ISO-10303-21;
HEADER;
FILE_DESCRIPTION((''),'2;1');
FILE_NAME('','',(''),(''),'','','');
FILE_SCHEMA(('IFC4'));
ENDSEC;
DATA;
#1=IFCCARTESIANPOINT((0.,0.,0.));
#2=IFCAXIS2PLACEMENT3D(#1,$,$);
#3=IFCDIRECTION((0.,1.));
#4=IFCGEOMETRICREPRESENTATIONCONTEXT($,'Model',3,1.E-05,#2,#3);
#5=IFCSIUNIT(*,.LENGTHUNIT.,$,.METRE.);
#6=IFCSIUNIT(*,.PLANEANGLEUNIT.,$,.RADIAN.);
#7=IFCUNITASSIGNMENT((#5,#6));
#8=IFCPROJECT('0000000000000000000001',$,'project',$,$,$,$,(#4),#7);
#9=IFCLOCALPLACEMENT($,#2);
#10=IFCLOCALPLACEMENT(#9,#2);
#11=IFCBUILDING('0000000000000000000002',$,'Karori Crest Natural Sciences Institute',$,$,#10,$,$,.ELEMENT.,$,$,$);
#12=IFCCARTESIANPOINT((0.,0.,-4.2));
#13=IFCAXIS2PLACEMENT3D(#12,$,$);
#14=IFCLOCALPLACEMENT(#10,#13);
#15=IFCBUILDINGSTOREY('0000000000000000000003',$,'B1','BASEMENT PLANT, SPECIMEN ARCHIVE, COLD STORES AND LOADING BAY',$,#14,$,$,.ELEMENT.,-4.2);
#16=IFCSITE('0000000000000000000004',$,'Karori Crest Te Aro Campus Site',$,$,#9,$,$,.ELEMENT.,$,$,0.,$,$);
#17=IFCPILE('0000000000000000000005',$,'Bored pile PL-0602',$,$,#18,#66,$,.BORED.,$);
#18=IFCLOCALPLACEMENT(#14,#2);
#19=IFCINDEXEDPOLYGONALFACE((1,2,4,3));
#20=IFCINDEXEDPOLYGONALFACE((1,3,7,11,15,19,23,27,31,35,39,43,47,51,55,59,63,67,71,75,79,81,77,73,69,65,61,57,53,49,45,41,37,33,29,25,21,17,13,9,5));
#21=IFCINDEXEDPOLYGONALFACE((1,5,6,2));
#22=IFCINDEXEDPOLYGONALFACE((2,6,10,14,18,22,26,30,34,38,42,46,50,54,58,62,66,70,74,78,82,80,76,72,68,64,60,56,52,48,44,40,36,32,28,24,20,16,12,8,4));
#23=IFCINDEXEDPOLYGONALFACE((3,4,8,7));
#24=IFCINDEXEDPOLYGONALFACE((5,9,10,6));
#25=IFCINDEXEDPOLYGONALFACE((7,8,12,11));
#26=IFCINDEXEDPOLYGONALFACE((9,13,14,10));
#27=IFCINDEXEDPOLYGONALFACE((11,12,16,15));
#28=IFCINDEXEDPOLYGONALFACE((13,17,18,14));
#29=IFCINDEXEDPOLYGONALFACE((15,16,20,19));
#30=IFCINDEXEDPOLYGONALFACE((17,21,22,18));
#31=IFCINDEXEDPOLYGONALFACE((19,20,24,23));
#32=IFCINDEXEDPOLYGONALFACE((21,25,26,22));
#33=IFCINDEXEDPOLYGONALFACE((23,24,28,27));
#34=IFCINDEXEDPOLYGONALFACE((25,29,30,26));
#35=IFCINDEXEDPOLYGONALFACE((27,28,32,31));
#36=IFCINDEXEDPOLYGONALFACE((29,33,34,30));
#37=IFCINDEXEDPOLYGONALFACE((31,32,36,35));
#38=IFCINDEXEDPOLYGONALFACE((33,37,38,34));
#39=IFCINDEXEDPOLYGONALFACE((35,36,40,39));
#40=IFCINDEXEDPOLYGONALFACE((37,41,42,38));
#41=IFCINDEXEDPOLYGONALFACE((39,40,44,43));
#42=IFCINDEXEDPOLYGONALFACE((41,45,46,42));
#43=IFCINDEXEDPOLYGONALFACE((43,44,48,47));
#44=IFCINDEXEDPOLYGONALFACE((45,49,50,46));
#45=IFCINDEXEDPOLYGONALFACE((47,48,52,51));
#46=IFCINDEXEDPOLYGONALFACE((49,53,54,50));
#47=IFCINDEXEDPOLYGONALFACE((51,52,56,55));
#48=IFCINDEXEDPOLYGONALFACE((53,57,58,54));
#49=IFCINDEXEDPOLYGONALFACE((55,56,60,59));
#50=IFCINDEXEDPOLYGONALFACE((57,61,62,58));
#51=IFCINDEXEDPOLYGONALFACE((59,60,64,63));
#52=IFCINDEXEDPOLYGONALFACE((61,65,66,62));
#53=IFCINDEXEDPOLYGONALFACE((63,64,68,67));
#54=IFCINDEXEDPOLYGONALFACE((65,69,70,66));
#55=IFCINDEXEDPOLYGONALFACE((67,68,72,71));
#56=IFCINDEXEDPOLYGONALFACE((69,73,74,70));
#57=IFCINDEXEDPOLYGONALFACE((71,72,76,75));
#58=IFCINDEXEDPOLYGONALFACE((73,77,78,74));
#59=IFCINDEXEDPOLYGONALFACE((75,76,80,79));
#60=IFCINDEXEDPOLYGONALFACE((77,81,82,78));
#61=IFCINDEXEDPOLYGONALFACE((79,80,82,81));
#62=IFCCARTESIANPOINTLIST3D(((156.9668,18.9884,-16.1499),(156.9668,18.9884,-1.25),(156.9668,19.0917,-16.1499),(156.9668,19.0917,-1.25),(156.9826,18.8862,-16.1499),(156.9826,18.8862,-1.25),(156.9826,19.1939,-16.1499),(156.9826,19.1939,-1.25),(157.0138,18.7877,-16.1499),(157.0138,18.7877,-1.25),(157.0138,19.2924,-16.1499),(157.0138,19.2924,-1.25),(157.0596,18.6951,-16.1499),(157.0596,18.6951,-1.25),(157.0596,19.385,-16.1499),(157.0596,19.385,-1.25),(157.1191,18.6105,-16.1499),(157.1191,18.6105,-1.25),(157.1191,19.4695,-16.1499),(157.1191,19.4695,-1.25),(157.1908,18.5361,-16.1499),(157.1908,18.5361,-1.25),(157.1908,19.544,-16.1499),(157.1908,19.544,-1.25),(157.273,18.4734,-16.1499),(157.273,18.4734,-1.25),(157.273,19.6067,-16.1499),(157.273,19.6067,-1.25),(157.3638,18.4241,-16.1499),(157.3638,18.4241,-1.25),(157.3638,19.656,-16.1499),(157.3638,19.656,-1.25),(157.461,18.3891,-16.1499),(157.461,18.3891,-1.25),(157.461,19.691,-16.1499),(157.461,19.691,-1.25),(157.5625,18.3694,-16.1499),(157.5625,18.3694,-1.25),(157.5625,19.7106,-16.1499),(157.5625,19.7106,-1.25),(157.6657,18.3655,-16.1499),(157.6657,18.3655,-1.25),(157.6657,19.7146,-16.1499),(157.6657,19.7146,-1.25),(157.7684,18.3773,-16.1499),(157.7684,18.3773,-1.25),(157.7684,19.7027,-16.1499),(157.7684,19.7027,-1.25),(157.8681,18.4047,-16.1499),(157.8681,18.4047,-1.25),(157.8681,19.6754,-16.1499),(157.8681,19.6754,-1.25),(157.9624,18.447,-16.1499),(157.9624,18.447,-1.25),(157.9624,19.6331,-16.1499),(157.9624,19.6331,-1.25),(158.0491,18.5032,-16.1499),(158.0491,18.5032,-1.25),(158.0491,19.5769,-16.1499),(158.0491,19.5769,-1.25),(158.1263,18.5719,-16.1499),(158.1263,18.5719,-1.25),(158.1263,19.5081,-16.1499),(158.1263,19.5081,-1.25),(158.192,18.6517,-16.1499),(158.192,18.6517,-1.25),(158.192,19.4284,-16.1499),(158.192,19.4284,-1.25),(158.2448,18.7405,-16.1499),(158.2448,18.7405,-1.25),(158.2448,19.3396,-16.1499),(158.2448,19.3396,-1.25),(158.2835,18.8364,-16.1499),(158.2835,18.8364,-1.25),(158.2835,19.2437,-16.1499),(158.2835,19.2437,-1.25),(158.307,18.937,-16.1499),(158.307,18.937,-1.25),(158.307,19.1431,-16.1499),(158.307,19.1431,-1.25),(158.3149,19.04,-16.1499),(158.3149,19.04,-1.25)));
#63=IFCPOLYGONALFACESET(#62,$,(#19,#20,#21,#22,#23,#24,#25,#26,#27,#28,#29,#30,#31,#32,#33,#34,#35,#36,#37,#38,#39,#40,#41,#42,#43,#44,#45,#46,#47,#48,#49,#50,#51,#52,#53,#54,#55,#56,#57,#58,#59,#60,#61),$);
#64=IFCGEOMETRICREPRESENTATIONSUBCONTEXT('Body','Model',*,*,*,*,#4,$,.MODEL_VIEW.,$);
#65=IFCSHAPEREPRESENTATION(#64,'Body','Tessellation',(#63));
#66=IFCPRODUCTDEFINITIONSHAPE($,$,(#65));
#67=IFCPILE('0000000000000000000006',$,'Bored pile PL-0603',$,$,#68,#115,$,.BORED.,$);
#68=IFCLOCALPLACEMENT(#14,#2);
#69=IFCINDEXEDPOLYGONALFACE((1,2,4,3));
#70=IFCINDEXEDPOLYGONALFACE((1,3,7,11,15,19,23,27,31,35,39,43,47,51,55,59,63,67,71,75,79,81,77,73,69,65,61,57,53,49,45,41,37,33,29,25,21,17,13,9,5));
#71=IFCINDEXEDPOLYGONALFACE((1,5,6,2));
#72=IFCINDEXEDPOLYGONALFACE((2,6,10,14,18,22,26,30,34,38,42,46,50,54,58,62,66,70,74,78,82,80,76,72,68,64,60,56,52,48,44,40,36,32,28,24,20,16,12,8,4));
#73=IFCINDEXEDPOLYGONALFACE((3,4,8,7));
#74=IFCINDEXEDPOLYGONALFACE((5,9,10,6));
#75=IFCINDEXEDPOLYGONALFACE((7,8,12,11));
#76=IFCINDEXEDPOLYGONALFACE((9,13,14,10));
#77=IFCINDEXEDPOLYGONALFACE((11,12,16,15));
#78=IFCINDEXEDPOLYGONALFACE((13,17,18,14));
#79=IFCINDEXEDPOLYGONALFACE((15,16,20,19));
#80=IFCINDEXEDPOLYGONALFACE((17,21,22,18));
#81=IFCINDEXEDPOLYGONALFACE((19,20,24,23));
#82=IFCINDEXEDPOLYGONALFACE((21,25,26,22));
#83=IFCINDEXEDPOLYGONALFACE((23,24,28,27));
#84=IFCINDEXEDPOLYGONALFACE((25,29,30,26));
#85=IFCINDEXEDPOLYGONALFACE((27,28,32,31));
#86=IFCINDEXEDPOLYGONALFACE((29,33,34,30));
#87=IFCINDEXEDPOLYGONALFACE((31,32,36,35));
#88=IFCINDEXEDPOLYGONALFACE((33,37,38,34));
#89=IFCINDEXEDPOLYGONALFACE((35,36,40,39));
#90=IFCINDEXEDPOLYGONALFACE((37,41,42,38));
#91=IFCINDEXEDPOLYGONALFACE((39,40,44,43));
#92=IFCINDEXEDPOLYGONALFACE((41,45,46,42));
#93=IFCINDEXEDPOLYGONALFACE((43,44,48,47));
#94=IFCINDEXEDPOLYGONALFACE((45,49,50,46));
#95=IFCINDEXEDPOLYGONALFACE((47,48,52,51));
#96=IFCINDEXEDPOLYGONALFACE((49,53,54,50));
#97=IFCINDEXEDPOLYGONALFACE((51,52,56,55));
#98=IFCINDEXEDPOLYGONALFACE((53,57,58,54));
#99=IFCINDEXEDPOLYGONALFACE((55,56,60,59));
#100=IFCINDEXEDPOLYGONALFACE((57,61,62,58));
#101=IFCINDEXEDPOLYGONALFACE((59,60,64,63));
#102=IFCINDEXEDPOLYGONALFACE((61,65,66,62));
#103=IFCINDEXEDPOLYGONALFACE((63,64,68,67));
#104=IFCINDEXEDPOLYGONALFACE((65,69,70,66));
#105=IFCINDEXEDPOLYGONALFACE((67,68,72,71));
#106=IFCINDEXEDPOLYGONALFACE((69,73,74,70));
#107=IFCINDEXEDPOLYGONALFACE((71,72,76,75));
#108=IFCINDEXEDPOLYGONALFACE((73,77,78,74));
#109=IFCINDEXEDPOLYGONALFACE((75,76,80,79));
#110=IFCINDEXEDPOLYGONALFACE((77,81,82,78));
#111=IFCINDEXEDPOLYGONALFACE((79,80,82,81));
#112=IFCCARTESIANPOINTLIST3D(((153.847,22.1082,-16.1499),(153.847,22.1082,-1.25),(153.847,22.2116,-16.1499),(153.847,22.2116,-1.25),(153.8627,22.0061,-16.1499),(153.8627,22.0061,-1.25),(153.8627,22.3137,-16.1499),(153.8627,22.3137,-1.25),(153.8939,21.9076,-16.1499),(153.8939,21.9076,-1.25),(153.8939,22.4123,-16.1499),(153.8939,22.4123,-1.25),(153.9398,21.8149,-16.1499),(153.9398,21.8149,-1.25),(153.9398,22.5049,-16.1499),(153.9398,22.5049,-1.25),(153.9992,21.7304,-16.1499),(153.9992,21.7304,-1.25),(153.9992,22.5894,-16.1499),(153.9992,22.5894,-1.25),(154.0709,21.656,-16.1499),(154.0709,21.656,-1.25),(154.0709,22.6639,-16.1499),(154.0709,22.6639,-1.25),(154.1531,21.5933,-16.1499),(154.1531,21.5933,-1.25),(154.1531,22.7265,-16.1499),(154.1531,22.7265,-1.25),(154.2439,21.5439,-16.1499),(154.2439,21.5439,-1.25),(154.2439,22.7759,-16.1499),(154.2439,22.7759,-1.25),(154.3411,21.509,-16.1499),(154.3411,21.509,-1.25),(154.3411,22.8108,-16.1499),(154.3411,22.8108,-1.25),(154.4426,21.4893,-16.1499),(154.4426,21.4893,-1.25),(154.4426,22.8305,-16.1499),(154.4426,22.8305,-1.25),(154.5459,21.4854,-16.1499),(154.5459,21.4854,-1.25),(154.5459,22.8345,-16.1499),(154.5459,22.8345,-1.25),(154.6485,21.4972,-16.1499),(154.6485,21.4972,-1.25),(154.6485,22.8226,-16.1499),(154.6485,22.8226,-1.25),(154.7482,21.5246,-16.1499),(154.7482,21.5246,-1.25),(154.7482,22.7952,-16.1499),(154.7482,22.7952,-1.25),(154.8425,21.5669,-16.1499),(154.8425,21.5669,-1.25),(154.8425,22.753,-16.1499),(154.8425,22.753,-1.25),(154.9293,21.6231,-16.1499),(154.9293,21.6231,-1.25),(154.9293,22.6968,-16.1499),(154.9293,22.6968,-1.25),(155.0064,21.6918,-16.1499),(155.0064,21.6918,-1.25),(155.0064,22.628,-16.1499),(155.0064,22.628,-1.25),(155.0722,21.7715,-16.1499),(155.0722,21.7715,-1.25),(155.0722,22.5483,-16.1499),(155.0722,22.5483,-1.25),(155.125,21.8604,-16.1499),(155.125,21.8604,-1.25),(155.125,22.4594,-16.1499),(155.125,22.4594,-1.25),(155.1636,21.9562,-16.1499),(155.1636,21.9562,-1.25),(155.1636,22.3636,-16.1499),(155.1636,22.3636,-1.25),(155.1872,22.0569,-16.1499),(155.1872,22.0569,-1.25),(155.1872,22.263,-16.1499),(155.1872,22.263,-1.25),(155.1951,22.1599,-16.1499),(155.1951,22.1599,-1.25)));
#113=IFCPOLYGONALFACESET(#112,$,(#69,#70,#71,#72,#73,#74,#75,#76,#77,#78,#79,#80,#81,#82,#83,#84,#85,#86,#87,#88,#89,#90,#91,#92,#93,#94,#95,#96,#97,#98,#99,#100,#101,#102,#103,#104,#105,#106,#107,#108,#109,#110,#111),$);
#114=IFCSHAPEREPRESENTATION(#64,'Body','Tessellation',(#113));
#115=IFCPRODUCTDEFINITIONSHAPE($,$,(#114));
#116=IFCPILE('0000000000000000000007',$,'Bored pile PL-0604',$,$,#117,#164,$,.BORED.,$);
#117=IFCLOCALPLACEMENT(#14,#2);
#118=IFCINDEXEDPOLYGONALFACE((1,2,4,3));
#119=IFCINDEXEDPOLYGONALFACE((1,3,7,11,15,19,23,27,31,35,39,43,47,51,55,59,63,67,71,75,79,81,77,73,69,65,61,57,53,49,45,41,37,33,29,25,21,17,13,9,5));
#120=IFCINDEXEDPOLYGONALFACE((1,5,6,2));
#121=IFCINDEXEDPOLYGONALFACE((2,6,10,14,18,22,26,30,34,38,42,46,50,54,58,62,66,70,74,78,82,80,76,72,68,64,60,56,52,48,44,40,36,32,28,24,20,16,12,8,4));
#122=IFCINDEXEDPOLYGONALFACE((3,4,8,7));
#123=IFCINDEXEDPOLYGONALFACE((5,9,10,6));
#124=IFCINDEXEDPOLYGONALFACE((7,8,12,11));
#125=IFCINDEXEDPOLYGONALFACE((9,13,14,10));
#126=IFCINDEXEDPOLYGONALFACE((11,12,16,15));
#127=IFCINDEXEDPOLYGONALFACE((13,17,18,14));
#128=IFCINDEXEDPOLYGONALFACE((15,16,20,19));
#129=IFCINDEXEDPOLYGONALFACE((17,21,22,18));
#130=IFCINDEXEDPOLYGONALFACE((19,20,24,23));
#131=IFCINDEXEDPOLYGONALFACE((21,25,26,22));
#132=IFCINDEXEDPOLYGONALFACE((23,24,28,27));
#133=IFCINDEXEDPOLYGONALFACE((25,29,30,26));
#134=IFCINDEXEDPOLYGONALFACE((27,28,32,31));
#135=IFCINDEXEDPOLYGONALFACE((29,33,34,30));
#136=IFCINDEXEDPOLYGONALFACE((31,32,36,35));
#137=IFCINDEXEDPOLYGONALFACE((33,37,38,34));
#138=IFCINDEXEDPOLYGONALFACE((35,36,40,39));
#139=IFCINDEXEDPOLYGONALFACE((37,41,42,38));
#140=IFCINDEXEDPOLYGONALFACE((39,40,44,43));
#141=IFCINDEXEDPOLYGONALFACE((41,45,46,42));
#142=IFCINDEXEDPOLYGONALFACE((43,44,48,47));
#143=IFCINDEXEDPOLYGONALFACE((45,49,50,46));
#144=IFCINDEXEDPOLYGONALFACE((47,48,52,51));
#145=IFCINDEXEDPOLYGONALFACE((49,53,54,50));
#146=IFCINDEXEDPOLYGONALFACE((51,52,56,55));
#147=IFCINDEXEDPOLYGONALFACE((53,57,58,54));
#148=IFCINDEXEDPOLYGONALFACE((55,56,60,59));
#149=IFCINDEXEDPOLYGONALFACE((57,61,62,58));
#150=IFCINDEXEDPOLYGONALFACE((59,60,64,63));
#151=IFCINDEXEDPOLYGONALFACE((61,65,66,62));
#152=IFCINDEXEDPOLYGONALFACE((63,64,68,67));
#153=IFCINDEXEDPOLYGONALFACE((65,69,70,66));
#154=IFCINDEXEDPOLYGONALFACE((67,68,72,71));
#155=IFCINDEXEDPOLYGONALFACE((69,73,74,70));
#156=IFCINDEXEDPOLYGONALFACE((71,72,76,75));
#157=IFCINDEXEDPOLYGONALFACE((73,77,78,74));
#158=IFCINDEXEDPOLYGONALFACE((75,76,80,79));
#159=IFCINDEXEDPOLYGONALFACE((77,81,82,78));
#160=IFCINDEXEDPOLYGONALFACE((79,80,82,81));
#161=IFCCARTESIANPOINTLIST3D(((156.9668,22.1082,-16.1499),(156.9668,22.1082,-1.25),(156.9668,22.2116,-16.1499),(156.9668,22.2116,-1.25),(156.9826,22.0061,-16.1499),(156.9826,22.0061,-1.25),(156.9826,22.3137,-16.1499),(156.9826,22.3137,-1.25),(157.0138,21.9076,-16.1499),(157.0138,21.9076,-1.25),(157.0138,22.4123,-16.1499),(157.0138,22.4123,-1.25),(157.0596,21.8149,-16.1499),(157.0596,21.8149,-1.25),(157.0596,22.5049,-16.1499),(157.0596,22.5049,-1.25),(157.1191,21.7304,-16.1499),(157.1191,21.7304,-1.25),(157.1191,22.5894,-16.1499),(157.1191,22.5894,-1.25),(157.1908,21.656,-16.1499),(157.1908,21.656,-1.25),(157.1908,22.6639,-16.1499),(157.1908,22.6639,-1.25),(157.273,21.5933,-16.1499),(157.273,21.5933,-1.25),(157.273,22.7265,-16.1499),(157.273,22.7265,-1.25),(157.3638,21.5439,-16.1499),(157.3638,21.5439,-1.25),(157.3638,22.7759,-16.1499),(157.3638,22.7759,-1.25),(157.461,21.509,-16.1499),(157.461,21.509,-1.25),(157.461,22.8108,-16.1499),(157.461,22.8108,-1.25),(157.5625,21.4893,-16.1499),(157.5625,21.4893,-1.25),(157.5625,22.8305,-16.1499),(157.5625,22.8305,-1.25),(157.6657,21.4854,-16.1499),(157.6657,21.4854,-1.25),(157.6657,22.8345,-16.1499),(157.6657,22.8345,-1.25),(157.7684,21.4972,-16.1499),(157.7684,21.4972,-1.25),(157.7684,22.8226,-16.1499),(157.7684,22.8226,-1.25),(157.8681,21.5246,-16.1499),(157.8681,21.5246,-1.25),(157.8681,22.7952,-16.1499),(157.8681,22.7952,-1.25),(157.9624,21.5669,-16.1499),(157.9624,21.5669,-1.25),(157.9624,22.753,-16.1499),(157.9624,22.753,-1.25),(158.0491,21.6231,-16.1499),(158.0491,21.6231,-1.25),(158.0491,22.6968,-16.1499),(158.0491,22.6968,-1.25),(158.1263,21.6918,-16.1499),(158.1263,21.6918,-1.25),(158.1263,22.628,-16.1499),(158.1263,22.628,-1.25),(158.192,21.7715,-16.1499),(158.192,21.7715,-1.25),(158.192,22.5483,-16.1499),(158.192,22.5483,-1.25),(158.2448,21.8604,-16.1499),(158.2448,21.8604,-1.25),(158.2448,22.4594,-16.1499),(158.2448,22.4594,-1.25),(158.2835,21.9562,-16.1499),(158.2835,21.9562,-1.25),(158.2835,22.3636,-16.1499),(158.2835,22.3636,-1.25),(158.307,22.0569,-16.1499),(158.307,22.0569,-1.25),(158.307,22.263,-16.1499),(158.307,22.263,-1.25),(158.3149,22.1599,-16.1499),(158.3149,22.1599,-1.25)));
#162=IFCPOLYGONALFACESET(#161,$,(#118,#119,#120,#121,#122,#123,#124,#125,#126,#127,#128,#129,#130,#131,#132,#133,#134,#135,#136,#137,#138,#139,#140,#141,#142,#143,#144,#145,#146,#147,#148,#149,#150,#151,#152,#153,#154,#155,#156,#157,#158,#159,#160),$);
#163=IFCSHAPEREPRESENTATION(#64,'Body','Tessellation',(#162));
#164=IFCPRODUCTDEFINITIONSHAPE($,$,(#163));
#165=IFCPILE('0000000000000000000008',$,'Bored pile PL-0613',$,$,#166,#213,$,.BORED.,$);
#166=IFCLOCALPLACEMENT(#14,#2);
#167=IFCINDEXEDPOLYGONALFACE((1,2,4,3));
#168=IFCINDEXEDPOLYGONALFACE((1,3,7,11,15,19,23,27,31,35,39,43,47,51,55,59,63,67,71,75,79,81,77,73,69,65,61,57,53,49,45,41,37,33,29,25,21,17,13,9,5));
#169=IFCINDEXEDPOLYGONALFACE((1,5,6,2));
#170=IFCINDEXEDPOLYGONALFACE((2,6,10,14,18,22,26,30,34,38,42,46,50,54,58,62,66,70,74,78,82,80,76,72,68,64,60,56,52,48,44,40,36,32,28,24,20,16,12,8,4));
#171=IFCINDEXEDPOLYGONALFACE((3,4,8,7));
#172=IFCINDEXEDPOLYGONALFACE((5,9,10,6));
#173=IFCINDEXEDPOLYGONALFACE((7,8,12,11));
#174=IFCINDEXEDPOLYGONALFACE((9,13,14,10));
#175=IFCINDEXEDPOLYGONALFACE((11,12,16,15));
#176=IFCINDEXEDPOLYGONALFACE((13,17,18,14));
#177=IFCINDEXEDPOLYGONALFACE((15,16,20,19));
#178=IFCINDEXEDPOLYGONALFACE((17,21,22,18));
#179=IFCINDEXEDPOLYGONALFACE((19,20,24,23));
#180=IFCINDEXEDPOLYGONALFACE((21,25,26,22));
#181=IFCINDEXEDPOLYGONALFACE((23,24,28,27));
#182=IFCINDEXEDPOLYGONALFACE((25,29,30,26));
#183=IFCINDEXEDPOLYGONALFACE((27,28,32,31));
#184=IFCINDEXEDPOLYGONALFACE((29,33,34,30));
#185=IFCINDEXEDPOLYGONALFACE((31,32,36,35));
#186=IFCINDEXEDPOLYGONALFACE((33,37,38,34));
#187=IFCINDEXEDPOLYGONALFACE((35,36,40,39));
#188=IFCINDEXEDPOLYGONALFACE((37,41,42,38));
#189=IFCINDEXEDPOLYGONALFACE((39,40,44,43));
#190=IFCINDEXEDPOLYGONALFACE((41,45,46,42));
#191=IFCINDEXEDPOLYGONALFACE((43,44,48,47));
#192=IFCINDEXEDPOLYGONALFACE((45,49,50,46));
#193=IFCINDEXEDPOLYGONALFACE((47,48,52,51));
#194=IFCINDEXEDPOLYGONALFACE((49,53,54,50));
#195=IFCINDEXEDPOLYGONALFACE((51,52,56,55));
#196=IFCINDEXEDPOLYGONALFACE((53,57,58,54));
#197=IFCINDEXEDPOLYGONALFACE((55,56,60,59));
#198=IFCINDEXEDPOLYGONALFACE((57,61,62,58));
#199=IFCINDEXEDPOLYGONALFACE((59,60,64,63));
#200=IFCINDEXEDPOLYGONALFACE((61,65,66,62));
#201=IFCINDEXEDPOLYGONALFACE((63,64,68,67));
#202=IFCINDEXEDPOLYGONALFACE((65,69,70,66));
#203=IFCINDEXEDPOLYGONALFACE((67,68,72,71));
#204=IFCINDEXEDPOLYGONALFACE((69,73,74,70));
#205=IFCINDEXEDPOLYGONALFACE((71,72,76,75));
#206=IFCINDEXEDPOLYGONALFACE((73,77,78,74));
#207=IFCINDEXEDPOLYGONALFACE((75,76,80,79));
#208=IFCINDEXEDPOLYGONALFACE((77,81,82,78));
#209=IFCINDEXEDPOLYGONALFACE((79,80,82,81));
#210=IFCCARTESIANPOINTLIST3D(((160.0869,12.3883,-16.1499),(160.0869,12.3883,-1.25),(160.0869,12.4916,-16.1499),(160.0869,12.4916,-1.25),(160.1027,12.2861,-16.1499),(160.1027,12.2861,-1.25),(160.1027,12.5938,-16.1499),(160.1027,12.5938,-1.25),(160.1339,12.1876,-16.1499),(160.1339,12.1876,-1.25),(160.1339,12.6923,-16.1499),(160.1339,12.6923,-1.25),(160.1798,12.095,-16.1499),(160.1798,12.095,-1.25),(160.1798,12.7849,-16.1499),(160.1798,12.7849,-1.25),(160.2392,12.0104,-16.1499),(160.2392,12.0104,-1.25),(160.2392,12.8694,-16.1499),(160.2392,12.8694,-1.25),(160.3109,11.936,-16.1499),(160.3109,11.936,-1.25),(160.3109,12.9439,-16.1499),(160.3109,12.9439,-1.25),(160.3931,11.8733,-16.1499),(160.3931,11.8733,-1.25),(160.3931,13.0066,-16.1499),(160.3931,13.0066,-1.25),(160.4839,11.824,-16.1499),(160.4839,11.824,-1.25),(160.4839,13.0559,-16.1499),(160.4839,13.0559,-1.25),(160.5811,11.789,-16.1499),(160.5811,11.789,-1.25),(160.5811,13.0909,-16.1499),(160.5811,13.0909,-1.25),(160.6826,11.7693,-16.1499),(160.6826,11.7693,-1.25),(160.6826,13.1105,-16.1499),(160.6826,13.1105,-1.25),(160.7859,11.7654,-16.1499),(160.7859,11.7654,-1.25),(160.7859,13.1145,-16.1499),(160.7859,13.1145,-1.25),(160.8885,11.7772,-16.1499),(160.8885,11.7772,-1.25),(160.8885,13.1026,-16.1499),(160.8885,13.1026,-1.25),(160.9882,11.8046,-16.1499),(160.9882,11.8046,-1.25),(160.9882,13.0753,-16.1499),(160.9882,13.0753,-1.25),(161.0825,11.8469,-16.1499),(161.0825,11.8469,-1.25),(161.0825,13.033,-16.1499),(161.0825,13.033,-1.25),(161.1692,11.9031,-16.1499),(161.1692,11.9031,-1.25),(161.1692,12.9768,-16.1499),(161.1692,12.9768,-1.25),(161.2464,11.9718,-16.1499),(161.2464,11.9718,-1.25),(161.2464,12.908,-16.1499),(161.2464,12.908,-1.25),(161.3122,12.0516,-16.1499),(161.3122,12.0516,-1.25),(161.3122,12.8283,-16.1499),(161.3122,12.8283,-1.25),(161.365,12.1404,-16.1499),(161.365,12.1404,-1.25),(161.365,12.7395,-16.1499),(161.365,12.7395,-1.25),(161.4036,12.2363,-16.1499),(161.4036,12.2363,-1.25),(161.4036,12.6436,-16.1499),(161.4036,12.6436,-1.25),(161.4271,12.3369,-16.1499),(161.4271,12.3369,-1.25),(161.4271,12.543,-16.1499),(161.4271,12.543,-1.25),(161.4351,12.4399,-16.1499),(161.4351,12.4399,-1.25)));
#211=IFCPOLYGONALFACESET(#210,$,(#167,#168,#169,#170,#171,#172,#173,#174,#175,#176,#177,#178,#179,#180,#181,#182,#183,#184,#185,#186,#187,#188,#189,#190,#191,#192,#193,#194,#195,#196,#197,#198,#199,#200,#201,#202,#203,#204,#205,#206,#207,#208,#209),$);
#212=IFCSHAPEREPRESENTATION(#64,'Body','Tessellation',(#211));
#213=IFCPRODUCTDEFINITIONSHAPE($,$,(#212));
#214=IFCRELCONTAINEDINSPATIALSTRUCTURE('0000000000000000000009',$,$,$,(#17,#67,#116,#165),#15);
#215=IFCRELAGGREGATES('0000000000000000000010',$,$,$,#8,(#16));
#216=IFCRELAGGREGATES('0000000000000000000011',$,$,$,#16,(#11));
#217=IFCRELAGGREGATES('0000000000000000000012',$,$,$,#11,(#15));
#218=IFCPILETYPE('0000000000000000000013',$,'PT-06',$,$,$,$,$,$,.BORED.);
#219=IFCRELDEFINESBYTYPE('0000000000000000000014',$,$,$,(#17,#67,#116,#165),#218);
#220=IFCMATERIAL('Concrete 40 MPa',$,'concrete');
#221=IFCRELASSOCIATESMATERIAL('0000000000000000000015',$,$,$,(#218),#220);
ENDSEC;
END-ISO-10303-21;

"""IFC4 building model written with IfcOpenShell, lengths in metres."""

from ifc_helpers import new_model, si_unit, direction, frame, origin, origin_2d, place, context, subcontext, project, spatial, circle, extrude, material, material_profile, profile_set, type_object, element, save


model = new_model("IFC4")

# Units and contexts
model_context = context("Model", 3, precision=1e-05, world=origin(), true_north=direction((0.0, 1.0)))
body_context = subcontext(model_context, "Body", "Model", "MODEL_VIEW")
ifc_project = project(units=[si_unit("LENGTHUNIT", "METRE"), si_unit("PLANEANGLEUNIT", "RADIAN")], contexts=[model_context])

# Site, building, storey
site_placement = place(None, origin())
site = spatial("IfcSite", under=ifc_project, at=site_placement, Name="Karori Crest Te Aro Campus Site", CompositionType="ELEMENT", RefElevation=0.0)
building_placement = place(site_placement, origin())
building = spatial("IfcBuilding", under=site, at=building_placement, Name="Karori Crest Natural Sciences Institute", CompositionType="ELEMENT")
storey_placement = place(building_placement, frame((0.0, 0.0, -4.2)))
storey = spatial("IfcBuildingStorey", under=building, at=storey_placement, Name="B1", Description="BASEMENT PLANT, SPECIMEN ARCHIVE, COLD STORES AND LOADING BAY", CompositionType="ELEMENT", Elevation=-4.2)

# Shared definitions
ifc_material_1 = material(Name="Concrete 40 MPa", Category="concrete")

# Piles
ifc_material_profile_1 = material_profile(ifc_material_1, circle(Radius=0.675, at=origin_2d()), Name="PILE1350")
ifc_profile_set_1 = profile_set([ifc_material_profile_1], Name="Concrete 40 MPa")
pile_type = type_object("IfcPileType", Name="PT-06", PredefinedType="BORED", material=ifc_profile_set_1)
for number, where, z_axis, x_axis, name in (
    (1, (157.6399, 19.04, -1.25), (0.0, 0.0, -1.0), (1.0, 0.0, 0.0), "Bored pile PL-0602"),
    (2, (154.52, 22.1599, -1.25), (0.0, 0.0, -1.0), (1.0, 0.0, 0.0), "Bored pile PL-0603"),
    (3, (157.6399, 22.1599, -1.25), (0.0, 0.0, -1.0), (1.0, 0.0, 0.0), "Bored pile PL-0604"),
    (4, (160.76, 12.4399, -1.25), (0.0, 0.0, -1.0), (1.0, 0.0, 0.0), "Bored pile PL-0613"),
):
    element("IfcPile", number, at=place(storey_placement, frame(where, z_axis=z_axis, x_axis=x_axis)), inside=storey, type_object=pile_type, Name=name, PredefinedType="BORED", context=body_context, shape_type="SweptSolid", body=[
        extrude(circle(Radius=0.675, at=origin_2d()), origin(), (0.0, 0.0, 1.0), 14.8999),
    ])

save(model, "model.ifc")
